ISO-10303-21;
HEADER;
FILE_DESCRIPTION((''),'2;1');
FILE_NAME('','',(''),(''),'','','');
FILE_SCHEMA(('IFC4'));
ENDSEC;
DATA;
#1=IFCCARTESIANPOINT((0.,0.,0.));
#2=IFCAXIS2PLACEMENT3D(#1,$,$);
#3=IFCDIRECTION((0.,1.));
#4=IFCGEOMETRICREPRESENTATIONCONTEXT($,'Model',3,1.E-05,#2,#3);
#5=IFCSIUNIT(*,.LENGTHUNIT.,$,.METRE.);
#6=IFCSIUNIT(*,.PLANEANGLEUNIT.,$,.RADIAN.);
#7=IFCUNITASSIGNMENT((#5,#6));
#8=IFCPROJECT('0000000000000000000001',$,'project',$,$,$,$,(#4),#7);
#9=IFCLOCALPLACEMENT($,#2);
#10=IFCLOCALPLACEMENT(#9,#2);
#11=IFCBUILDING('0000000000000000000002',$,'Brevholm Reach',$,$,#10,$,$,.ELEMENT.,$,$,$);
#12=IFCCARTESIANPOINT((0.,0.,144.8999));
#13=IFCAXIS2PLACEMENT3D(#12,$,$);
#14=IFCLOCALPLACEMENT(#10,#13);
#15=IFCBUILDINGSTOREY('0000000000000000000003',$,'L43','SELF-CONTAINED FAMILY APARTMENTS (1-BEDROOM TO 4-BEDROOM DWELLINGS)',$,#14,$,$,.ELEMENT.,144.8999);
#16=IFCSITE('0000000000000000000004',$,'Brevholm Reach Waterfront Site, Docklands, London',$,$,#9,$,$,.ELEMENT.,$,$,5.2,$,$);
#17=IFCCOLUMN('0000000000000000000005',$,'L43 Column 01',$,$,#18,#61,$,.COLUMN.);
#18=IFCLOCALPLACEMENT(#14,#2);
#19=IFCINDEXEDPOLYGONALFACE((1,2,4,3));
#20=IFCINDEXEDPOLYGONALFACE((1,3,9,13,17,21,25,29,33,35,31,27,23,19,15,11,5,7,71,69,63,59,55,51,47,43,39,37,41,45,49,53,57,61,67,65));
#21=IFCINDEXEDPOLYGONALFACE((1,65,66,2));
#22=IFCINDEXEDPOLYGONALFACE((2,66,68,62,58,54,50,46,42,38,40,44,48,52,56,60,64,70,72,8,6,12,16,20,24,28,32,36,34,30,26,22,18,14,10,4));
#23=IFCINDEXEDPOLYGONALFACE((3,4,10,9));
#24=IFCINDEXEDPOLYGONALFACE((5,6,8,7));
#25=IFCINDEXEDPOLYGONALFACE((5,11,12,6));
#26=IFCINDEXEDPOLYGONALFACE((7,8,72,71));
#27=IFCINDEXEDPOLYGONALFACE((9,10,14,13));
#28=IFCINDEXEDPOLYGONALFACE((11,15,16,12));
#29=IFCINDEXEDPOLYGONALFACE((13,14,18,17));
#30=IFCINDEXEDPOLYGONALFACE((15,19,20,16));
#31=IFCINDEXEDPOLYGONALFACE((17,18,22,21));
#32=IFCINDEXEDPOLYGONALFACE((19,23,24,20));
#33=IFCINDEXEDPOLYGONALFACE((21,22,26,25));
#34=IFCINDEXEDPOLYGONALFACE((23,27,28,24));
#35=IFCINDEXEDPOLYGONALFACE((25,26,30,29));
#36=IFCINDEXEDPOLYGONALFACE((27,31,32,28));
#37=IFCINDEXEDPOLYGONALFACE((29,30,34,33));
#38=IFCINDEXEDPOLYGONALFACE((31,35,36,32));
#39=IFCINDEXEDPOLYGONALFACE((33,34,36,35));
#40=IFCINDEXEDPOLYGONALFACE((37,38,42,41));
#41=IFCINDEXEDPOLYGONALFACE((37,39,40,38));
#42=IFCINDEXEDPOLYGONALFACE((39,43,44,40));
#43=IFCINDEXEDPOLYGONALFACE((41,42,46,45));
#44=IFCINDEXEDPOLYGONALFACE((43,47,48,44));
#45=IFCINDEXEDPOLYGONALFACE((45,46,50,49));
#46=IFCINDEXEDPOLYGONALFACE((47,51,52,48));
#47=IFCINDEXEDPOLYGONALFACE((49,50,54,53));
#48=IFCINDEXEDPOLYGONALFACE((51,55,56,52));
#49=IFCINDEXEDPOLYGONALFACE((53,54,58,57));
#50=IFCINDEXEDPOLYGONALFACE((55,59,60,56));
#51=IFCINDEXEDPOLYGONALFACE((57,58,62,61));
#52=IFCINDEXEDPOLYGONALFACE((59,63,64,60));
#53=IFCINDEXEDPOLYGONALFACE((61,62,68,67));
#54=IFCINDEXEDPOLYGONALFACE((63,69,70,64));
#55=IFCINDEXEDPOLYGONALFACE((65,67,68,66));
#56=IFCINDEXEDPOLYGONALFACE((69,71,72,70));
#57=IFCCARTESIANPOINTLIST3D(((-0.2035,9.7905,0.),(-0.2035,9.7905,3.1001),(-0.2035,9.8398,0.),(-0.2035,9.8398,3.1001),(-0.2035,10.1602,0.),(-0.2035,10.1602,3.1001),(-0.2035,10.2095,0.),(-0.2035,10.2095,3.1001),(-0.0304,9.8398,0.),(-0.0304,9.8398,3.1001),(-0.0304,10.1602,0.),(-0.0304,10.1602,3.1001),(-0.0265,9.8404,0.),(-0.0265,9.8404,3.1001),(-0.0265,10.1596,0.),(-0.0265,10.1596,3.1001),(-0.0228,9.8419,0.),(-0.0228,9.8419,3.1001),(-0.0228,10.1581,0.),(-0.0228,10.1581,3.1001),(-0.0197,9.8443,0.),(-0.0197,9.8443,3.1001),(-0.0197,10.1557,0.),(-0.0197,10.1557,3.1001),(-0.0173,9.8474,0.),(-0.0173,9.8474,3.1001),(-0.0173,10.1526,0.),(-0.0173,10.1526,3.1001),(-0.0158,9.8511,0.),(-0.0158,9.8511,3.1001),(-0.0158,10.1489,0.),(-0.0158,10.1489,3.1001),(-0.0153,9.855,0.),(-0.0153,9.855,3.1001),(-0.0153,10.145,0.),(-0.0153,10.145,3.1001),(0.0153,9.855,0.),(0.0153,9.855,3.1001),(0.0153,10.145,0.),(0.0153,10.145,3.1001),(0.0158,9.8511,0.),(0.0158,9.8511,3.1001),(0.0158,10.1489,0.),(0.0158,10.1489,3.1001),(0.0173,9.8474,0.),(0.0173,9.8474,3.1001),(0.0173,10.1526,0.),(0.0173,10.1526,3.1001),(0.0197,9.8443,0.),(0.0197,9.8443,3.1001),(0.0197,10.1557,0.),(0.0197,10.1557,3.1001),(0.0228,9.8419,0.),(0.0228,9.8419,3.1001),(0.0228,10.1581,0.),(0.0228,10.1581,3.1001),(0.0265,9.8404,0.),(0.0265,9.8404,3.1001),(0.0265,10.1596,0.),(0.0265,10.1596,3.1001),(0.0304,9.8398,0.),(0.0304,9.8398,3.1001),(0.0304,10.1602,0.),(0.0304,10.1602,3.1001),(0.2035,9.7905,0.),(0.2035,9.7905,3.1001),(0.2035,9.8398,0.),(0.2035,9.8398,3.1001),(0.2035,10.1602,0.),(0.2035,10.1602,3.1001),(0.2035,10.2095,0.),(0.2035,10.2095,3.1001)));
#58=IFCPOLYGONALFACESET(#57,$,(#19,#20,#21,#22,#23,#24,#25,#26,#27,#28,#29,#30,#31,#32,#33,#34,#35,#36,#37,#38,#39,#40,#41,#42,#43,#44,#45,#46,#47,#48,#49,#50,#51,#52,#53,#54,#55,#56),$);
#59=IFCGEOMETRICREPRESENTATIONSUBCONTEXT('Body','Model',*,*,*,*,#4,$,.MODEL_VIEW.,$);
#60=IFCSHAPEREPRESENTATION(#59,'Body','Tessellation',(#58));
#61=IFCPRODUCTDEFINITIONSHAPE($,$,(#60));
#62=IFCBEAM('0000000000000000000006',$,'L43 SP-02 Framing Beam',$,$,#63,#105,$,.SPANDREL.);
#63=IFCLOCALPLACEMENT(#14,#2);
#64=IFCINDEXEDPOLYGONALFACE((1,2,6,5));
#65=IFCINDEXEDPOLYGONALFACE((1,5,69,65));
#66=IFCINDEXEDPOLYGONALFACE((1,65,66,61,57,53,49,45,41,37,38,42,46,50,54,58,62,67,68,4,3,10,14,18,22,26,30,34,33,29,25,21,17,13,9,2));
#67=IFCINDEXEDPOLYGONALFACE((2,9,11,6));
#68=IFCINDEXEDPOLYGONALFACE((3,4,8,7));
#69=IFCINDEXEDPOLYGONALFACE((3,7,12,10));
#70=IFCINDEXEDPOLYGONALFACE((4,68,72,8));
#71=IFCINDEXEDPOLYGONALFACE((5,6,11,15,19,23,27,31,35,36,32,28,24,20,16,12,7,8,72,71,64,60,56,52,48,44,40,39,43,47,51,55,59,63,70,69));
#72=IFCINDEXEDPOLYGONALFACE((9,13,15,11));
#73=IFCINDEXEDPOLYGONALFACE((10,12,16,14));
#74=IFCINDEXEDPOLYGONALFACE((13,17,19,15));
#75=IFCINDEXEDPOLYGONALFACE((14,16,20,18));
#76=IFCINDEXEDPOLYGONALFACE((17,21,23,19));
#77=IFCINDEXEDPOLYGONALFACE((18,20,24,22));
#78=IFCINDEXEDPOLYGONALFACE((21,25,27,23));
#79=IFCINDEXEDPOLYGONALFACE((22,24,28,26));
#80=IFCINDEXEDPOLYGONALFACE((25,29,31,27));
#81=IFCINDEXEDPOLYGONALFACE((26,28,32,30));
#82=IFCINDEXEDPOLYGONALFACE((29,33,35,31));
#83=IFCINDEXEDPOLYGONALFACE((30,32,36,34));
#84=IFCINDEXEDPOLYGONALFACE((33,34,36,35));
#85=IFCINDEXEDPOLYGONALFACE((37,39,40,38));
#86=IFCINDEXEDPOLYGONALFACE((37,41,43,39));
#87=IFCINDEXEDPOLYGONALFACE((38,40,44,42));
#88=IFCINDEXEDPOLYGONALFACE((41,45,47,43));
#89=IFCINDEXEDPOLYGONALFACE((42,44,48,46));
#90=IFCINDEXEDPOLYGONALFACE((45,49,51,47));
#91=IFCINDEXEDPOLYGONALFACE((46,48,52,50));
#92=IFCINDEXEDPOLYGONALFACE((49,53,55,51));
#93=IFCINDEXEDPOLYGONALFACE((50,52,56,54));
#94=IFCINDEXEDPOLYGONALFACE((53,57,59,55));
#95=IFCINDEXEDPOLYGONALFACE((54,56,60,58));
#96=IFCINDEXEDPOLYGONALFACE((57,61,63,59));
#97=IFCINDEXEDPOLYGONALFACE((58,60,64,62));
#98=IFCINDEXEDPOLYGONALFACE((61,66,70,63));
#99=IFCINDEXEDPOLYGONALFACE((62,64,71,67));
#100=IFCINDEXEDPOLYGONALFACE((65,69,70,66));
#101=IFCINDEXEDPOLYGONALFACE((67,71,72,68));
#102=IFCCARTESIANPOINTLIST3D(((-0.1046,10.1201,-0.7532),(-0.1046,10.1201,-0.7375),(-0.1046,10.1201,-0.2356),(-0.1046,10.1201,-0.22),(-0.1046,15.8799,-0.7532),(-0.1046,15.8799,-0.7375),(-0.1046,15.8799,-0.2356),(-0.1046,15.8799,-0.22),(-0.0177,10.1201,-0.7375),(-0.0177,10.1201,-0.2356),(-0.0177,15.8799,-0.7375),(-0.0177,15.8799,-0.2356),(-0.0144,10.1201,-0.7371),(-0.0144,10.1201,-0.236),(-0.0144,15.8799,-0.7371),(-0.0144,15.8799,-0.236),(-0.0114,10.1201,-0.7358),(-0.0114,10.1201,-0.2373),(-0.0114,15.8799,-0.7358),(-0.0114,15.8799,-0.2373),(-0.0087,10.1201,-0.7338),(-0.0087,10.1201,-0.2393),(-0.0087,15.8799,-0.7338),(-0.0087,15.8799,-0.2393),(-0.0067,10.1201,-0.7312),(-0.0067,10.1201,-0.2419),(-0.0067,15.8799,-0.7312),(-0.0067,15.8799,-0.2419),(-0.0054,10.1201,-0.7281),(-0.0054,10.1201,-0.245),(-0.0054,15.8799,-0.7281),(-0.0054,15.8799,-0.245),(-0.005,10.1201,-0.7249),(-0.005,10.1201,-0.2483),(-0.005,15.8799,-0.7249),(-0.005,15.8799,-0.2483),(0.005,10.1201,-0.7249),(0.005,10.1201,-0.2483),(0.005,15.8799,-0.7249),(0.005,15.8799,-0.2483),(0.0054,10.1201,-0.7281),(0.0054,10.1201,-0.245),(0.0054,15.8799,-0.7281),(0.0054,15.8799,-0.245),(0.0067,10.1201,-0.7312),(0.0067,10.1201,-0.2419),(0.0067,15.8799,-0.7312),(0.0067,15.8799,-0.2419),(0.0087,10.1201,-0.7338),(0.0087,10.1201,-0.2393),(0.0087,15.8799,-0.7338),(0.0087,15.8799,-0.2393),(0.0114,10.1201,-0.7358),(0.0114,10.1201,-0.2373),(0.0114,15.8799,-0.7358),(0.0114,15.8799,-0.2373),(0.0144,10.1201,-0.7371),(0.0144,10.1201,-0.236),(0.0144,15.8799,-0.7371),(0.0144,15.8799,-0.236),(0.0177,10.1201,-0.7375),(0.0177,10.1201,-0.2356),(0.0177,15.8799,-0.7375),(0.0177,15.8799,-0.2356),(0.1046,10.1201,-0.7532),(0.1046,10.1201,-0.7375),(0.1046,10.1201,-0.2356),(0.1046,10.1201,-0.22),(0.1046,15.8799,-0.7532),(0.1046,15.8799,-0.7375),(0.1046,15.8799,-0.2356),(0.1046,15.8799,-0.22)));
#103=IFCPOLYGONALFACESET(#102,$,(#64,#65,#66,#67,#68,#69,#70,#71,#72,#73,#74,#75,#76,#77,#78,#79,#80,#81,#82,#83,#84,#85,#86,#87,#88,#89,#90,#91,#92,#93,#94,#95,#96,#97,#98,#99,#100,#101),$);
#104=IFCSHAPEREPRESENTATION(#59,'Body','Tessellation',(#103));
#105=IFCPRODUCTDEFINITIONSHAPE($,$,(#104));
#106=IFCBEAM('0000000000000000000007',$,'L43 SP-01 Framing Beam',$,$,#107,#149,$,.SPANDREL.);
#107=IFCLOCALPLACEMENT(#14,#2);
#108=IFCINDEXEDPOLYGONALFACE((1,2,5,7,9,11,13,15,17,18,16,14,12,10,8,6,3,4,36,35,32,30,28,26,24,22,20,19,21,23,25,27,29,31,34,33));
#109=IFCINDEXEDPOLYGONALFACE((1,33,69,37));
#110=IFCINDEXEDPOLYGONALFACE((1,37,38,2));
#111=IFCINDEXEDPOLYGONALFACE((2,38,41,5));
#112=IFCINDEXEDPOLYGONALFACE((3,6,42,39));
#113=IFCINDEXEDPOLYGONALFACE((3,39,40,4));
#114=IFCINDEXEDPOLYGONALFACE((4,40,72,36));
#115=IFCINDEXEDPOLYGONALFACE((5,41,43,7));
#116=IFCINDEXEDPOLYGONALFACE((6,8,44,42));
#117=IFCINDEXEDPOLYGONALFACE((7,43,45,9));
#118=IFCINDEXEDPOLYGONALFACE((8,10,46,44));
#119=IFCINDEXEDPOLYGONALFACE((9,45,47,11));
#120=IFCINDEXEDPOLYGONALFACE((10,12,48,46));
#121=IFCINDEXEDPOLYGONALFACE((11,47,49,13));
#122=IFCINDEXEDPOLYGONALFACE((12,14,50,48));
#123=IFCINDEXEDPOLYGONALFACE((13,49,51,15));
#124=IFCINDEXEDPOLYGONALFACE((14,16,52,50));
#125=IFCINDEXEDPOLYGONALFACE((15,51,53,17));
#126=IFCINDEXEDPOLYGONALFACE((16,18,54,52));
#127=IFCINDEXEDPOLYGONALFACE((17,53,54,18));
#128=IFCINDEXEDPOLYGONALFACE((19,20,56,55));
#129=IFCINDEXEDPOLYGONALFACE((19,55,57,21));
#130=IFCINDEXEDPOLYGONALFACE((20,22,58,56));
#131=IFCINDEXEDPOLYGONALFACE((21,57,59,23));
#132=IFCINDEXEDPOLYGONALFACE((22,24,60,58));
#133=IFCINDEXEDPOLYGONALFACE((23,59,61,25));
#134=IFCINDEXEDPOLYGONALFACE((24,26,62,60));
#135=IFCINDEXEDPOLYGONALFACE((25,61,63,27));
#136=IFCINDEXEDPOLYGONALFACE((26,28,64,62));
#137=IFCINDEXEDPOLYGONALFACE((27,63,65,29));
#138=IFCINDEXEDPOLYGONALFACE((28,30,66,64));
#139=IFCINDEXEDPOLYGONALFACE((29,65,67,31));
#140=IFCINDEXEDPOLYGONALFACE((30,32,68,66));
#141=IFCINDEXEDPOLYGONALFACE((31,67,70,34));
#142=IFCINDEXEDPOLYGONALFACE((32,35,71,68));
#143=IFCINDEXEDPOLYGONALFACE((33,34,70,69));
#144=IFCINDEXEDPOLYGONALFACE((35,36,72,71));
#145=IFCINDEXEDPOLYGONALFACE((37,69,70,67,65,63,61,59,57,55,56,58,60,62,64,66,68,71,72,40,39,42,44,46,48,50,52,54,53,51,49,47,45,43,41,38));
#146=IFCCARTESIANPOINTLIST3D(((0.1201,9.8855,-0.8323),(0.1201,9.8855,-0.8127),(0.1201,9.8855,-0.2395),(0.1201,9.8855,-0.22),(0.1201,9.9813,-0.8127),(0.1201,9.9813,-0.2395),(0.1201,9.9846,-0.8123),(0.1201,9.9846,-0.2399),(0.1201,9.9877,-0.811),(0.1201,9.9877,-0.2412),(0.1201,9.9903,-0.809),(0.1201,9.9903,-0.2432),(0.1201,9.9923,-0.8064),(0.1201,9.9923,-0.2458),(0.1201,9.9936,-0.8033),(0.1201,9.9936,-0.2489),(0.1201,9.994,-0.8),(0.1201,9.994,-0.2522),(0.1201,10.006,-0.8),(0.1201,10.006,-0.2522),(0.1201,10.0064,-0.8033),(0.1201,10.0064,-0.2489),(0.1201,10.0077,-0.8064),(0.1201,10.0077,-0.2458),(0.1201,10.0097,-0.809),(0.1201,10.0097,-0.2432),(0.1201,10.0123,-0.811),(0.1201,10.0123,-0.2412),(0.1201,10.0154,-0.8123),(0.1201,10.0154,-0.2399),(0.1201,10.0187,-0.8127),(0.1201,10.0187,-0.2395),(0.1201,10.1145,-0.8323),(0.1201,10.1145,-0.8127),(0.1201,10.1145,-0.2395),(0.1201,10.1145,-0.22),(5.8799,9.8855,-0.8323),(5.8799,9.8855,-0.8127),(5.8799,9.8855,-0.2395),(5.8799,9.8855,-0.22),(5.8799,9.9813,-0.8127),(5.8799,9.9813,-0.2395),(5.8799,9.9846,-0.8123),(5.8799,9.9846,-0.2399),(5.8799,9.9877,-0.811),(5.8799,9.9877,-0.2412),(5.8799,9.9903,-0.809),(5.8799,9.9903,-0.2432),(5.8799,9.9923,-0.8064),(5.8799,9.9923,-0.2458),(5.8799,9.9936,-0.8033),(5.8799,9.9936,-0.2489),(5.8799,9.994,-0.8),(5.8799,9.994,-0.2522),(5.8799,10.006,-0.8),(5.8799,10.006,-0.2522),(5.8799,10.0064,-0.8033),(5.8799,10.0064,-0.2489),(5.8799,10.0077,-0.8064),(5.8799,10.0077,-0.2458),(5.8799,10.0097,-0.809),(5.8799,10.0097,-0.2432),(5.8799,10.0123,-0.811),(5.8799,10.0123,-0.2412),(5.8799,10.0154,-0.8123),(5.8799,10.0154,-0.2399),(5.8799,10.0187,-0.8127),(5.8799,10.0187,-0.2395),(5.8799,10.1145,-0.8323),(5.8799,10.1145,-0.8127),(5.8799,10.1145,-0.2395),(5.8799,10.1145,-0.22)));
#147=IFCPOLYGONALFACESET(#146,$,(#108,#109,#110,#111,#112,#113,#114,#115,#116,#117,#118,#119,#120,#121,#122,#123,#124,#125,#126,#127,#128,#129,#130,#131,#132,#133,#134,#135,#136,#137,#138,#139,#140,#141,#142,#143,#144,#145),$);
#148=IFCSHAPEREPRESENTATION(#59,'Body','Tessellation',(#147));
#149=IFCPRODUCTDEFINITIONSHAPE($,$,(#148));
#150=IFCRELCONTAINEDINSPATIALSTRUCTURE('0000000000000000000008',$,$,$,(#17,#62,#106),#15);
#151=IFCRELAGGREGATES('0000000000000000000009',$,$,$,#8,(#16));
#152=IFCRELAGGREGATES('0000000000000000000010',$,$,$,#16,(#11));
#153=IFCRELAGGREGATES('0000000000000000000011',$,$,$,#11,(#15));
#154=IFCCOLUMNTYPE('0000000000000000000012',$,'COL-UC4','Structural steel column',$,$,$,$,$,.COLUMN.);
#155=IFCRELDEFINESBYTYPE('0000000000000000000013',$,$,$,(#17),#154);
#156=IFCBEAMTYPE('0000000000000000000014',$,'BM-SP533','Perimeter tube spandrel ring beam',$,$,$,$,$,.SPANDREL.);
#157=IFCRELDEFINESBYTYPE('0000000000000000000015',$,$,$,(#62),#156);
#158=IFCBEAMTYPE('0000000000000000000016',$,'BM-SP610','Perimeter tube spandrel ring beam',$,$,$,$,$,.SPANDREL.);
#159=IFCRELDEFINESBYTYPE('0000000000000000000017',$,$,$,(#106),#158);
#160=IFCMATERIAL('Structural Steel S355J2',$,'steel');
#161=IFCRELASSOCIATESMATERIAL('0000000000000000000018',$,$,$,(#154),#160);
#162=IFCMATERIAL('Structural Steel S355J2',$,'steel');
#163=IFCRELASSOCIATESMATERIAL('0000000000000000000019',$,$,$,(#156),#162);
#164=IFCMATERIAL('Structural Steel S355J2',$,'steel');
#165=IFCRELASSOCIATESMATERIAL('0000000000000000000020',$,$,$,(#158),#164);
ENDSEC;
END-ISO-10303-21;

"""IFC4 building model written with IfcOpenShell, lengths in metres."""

from ifc_helpers import new_model, si_unit, direction, frame, origin, origin_2d, place, context, subcontext, project, spatial, i_section, extrude, material, material_profile, profile_set, type_object, element, save


model = new_model("IFC4")

# Units and contexts
model_context = context("Model", 3, precision=1e-05, world=origin(), true_north=direction((0.0, 1.0)))
body_context = subcontext(model_context, "Body", "Model", "MODEL_VIEW")
ifc_project = project(units=[si_unit("LENGTHUNIT", "METRE"), si_unit("PLANEANGLEUNIT", "RADIAN")], contexts=[model_context])

# Site, building, storey
site_placement = place(None, origin())
site = spatial("IfcSite", under=ifc_project, at=site_placement, Name="Brevholm Reach Waterfront Site, Docklands, London", CompositionType="ELEMENT", RefElevation=5.2)
building_placement = place(site_placement, origin())
building = spatial("IfcBuilding", under=site, at=building_placement, Name="Brevholm Reach", CompositionType="ELEMENT")
storey_placement = place(building_placement, frame((0.0, 0.0, 144.8999)))
storey = spatial("IfcBuildingStorey", under=building, at=storey_placement, Name="L43", Description="SELF-CONTAINED FAMILY APARTMENTS (1-BEDROOM TO 4-BEDROOM DWELLINGS)", CompositionType="ELEMENT", Elevation=144.8999)

# Column
ifc_material_1 = material(Name="Structural Steel S355J2", Category="steel")
ifc_material_profile_1 = material_profile(ifc_material_1, i_section(OverallWidth=0.407, OverallDepth=0.4189, WebThickness=0.0305, FlangeThickness=0.0493, FilletRadius=0.0151, at=origin_2d()), Name="UKC 356x406x393")
ifc_profile_set_1 = profile_set([ifc_material_profile_1], Name="Structural Steel S355J2")
column_type = type_object("IfcColumnType", Name="COL-UC4", Description="Structural steel column", PredefinedType="COLUMN", material=ifc_profile_set_1)
column_placement = place(storey_placement, frame((0.0, 10.0, 0.0), z_axis=(0.0, 0.0, 1.0), x_axis=(1.0, 0.0, 0.0)))
element("IfcColumn", 1, at=column_placement, inside=storey, type_object=column_type, Name="L43 Column 01", PredefinedType="COLUMN", context=body_context, shape_type="SweptSolid", body=[
    extrude(i_section(OverallWidth=0.407, OverallDepth=0.4189, WebThickness=0.0305, FlangeThickness=0.0493, FilletRadius=0.0151, at=origin_2d()), origin(), (0.0, 0.0, 1.0), 3.1001),
])

# Beams
ifc_material_2 = material(Name="Structural Steel S355J2", Category="steel")
ifc_material_profile_2 = material_profile(ifc_material_2, i_section(OverallWidth=0.2092, OverallDepth=0.5332, WebThickness=0.01, FlangeThickness=0.0156, FilletRadius=0.0127, at=origin_2d()), Name="UKB 533x210x92")
ifc_profile_set_2 = profile_set([ifc_material_profile_2], Name="Structural Steel S355J2")
beam_type_1 = type_object("IfcBeamType", Name="BM-SP533", Description="Perimeter tube spandrel ring beam", PredefinedType="SPANDREL", material=ifc_profile_set_2)
beam_1_placement = place(storey_placement, frame((0.0, 10.1201, -0.4866), z_axis=(0.0, 1.0, 0.0), x_axis=(-1.0, 0.0, 0.0)))
element("IfcBeam", 2, at=beam_1_placement, inside=storey, type_object=beam_type_1, Name="L43 SP-02 Framing Beam", PredefinedType="SPANDREL", context=body_context, shape_type="SweptSolid", body=[
    extrude(i_section(OverallWidth=0.2092, OverallDepth=0.5332, WebThickness=0.01, FlangeThickness=0.0156, FilletRadius=0.0127, at=origin_2d()), origin(), (0.0, 0.0, 1.0), 5.7598),
])
ifc_material_3 = material(Name="Structural Steel S355J2", Category="steel")
ifc_material_profile_3 = material_profile(ifc_material_3, i_section(OverallWidth=0.229, OverallDepth=0.6123, WebThickness=0.012, FlangeThickness=0.0195, FilletRadius=0.0127, at=origin_2d()), Name="UKB 610x229x125")
ifc_profile_set_3 = profile_set([ifc_material_profile_3], Name="Structural Steel S355J2")
beam_type_2 = type_object("IfcBeamType", Name="BM-SP610", Description="Perimeter tube spandrel ring beam", PredefinedType="SPANDREL", material=ifc_profile_set_3)
beam_2_placement = place(storey_placement, frame((0.1201, 10.0, -0.5261), z_axis=(1.0, 0.0, 0.0), x_axis=(0.0, 1.0, 0.0)))
element("IfcBeam", 3, at=beam_2_placement, inside=storey, type_object=beam_type_2, Name="L43 SP-01 Framing Beam", PredefinedType="SPANDREL", context=body_context, shape_type="SweptSolid", body=[
    extrude(i_section(OverallWidth=0.229, OverallDepth=0.6123, WebThickness=0.012, FlangeThickness=0.0195, FilletRadius=0.0127, at=origin_2d()), origin(), (0.0, 0.0, 1.0), 5.7598),
])

save(model, "model.ifc")
